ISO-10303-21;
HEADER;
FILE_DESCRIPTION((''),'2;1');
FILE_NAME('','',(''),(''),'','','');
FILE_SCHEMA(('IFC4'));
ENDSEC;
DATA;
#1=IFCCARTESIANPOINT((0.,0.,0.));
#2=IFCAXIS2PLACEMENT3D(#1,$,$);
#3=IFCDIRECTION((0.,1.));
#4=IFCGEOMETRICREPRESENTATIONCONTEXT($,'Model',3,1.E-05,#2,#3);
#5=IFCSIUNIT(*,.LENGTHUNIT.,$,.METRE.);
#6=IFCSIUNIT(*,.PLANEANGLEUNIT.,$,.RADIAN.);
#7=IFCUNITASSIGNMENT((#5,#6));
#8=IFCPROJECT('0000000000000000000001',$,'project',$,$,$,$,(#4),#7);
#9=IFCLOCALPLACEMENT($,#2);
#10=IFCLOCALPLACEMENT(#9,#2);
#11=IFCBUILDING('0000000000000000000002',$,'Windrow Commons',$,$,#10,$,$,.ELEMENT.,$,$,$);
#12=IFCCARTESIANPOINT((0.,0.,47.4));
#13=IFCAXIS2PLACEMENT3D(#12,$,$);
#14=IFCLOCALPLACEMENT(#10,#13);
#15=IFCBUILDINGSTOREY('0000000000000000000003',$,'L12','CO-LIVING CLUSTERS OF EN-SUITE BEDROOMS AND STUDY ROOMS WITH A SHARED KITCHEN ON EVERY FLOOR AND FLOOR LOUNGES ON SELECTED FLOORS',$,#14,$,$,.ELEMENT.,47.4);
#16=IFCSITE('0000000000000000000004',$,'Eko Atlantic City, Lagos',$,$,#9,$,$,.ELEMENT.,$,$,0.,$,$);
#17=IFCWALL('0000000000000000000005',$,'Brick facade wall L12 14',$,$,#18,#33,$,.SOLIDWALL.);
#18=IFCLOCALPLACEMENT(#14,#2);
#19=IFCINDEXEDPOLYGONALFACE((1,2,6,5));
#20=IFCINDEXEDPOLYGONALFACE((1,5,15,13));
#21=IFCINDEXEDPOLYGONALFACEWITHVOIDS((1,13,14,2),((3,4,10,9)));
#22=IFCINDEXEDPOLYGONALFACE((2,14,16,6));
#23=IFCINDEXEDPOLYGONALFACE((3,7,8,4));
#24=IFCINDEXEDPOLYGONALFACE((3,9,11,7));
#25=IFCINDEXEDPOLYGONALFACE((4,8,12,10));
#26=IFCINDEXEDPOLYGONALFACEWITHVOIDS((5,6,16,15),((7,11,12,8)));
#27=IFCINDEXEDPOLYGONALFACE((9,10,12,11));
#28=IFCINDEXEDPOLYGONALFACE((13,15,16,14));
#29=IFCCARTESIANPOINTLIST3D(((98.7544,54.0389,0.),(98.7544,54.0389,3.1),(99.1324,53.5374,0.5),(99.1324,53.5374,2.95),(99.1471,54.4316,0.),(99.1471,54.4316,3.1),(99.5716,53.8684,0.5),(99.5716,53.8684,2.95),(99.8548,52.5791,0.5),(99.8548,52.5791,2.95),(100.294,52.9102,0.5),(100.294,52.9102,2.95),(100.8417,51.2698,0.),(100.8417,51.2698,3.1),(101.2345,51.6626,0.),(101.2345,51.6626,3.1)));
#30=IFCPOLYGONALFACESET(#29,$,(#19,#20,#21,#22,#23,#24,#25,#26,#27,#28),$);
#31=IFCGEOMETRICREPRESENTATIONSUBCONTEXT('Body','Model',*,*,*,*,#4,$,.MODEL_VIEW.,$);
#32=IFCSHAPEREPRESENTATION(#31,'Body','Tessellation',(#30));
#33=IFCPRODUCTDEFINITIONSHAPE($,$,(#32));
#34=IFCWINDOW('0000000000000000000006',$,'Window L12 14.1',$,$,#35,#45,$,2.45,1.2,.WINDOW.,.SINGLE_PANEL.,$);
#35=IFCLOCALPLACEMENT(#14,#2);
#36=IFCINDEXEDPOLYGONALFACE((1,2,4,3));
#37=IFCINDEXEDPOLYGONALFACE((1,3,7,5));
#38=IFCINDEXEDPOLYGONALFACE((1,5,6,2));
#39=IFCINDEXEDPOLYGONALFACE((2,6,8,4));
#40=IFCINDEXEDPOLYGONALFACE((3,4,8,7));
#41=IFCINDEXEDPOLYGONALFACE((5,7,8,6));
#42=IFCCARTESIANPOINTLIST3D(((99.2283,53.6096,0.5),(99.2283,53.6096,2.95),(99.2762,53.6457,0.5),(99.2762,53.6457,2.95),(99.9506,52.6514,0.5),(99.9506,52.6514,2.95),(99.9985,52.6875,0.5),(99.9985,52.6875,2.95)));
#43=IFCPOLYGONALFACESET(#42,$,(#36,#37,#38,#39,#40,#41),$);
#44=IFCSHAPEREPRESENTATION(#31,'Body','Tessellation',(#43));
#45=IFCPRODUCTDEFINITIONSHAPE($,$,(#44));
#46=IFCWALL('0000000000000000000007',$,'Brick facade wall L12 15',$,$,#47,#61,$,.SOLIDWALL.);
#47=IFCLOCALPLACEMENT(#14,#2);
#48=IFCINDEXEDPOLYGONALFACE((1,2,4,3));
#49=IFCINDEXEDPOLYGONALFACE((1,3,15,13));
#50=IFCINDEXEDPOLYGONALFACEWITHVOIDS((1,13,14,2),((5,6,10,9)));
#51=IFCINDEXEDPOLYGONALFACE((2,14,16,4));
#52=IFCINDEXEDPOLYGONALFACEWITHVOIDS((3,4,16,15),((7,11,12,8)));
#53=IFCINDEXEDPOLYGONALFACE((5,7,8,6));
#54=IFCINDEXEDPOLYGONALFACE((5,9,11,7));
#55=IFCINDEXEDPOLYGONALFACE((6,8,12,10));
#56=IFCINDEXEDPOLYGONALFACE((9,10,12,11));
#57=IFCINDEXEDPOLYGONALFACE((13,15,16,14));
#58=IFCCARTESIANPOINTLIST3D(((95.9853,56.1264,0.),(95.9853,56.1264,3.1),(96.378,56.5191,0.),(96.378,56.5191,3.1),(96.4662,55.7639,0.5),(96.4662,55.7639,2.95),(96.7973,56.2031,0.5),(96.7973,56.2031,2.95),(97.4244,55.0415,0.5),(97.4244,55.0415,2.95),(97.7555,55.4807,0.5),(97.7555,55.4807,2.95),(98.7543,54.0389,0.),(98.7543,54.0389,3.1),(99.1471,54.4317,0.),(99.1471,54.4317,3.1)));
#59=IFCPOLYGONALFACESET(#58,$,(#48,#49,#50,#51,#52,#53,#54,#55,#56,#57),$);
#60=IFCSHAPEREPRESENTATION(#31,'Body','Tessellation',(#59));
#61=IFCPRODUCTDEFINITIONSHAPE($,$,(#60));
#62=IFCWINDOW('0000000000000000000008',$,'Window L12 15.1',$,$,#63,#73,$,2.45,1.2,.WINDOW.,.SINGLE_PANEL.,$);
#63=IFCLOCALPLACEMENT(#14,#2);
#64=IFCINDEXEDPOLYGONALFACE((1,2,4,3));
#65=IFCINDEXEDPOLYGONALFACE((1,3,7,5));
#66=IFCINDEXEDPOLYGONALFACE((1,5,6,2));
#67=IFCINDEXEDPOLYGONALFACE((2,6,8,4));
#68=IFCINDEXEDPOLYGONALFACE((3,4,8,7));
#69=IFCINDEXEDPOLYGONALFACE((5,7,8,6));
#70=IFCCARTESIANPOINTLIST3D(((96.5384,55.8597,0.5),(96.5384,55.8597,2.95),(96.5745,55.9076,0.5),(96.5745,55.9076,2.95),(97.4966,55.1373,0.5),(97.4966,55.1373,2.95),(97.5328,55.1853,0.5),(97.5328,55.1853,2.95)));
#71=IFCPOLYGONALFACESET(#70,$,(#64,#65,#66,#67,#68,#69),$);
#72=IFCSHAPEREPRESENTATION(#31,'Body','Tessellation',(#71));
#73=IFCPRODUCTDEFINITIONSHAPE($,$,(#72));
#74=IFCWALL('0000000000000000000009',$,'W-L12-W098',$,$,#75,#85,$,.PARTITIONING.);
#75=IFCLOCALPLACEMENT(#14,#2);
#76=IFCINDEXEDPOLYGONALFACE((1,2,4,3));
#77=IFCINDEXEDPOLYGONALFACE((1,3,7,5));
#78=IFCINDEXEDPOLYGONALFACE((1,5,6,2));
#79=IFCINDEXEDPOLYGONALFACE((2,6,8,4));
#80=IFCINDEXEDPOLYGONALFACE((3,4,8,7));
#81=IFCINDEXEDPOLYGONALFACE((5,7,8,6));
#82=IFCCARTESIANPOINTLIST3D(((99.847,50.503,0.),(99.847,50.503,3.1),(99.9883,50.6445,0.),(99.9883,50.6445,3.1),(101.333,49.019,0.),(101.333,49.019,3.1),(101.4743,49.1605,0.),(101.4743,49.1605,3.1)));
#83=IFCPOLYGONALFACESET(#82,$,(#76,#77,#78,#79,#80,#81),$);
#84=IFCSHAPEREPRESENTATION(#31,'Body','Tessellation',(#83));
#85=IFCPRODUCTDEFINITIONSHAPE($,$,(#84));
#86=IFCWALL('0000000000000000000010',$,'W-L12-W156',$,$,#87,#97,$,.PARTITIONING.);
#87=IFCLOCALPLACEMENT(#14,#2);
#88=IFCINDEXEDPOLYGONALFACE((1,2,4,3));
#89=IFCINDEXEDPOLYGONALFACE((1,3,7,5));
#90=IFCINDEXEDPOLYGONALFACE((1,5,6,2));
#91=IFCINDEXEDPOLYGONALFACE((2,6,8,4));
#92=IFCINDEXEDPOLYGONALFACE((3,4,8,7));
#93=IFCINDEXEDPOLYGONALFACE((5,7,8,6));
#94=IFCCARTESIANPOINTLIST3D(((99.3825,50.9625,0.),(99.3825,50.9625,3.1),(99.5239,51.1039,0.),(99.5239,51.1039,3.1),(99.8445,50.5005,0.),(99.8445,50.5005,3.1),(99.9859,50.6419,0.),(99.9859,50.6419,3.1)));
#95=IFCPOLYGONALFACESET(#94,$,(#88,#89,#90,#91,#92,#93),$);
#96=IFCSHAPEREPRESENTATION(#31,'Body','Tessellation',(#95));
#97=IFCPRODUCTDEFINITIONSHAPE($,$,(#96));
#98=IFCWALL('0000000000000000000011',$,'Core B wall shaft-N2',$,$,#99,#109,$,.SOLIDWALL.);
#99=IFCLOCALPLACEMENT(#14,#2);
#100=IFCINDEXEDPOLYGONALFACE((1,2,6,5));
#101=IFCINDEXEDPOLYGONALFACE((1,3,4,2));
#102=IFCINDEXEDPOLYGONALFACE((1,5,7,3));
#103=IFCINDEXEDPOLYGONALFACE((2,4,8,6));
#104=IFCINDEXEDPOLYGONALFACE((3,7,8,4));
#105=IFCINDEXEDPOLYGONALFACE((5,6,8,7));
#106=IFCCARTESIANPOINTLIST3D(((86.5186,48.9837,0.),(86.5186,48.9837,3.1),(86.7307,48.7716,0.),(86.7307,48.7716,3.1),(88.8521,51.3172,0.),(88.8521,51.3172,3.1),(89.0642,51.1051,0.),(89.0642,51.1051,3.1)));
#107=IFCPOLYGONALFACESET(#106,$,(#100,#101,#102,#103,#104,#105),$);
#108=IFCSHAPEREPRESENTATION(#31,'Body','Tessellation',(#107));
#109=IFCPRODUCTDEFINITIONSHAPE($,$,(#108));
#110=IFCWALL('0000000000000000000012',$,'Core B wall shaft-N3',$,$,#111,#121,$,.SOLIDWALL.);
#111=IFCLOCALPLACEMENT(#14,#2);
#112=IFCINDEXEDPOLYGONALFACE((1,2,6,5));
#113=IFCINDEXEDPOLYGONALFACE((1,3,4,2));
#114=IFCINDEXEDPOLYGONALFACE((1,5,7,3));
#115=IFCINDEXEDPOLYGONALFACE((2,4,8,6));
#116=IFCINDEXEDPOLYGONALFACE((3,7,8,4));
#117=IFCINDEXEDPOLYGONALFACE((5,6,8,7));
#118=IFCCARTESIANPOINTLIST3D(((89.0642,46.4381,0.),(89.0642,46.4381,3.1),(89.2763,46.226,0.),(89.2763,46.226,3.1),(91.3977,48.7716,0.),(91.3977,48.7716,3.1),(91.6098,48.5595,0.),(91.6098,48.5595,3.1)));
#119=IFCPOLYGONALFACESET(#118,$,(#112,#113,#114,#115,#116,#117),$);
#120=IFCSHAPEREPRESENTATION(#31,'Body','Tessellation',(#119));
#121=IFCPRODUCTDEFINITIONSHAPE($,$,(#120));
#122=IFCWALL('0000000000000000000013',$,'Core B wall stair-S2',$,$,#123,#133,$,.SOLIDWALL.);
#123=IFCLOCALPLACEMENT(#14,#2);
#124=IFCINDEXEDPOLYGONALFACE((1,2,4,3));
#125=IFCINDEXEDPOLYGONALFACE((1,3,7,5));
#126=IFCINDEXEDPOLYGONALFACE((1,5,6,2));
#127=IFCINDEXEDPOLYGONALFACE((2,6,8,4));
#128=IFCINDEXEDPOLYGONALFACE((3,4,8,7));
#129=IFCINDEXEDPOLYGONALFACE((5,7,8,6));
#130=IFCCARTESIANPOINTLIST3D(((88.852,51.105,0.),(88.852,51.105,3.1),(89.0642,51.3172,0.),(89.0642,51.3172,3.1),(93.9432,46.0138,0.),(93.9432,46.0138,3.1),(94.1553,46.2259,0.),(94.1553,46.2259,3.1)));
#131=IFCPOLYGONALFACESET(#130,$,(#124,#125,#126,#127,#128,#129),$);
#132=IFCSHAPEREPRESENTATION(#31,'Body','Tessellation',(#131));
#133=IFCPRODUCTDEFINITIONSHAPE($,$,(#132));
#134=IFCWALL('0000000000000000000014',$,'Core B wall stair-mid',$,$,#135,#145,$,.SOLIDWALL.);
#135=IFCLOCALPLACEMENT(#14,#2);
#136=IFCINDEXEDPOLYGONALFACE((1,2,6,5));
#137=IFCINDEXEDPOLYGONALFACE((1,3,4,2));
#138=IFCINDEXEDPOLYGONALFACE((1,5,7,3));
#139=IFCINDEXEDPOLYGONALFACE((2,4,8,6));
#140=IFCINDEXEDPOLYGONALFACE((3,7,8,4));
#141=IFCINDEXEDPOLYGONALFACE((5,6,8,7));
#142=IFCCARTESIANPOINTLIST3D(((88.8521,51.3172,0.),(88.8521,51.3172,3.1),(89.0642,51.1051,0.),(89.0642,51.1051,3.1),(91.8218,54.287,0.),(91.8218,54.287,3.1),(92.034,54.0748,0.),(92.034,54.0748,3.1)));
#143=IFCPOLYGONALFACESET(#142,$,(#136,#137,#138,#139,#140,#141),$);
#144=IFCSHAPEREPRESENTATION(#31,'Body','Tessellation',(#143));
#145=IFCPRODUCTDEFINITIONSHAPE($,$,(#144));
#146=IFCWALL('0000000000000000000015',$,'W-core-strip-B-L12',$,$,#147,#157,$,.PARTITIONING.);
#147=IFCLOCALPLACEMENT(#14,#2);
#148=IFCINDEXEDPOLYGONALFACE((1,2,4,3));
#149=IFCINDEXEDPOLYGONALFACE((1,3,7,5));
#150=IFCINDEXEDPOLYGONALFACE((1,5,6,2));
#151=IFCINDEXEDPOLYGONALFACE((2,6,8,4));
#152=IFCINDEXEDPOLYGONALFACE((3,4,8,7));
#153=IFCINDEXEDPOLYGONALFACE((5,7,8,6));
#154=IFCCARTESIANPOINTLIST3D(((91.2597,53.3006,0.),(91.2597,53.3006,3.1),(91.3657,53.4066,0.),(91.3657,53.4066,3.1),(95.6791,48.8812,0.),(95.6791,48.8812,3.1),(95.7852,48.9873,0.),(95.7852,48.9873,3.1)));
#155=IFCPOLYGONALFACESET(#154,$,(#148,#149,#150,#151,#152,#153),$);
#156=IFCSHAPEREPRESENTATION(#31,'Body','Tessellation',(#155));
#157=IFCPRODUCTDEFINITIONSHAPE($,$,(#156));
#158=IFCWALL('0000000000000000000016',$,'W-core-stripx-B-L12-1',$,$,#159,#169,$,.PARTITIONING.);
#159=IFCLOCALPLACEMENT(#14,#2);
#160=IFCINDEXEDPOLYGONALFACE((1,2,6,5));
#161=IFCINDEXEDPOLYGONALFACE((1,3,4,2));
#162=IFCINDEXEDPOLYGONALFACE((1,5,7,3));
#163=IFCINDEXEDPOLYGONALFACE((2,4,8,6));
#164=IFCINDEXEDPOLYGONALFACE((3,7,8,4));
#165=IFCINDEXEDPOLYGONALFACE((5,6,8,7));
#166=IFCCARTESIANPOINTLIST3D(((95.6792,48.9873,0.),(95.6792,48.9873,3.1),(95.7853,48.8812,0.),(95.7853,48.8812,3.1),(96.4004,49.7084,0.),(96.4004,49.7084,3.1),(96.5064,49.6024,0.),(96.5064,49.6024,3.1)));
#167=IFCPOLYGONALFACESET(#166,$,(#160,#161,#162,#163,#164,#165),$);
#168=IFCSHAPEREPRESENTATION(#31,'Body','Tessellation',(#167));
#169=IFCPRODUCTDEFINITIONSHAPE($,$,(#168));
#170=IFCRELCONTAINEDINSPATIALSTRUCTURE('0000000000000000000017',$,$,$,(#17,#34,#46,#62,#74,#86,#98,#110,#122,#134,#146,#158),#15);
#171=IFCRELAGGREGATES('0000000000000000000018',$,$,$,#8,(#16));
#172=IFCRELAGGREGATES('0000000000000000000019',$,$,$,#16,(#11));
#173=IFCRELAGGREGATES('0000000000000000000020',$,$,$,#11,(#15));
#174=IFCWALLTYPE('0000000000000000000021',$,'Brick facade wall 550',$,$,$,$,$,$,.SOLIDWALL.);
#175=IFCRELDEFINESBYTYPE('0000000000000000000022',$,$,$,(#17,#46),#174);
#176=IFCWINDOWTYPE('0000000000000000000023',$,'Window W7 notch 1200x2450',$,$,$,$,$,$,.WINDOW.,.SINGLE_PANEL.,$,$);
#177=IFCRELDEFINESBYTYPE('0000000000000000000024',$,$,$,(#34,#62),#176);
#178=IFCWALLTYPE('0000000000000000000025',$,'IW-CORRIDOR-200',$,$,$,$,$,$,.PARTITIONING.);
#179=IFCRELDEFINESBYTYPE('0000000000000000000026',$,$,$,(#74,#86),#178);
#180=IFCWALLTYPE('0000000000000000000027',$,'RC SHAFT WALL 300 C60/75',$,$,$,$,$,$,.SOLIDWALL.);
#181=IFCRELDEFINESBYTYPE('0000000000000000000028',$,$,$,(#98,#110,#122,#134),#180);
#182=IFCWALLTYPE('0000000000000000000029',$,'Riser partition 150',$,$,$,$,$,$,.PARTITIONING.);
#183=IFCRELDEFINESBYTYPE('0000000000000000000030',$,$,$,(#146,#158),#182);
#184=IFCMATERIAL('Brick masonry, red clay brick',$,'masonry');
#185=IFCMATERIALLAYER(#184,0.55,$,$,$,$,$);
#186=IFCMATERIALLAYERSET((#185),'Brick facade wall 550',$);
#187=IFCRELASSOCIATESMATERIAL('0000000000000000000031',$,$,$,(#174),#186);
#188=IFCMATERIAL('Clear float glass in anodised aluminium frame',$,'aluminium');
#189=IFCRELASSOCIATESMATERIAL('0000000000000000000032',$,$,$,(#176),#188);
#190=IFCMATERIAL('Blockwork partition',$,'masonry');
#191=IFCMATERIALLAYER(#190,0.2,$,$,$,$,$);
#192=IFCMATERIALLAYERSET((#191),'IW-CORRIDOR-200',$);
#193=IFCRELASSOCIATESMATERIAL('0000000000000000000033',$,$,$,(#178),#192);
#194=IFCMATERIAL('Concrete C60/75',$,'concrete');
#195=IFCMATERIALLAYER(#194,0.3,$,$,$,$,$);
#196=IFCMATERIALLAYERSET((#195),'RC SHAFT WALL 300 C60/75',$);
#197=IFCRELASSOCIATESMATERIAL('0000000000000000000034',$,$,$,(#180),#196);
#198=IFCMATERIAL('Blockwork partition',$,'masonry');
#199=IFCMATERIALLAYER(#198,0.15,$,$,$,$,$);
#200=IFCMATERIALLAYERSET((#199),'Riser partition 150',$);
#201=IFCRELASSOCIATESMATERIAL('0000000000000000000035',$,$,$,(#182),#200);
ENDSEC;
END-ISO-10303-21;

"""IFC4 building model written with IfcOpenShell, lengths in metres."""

from ifc_helpers import new_model, si_unit, direction, frame, frame_2d, origin, place, context, subcontext, project, spatial, polyline, rectangle, outline, extrude, material, layer, layer_set, type_object, element, fill, save


model = new_model("IFC4")

# Units and contexts
model_context = context("Model", 3, precision=1e-05, world=origin(), true_north=direction((0.0, 1.0)))
body_context = subcontext(model_context, "Body", "Model", "MODEL_VIEW")
ifc_project = project(units=[si_unit("LENGTHUNIT", "METRE"), si_unit("PLANEANGLEUNIT", "RADIAN")], contexts=[model_context])

# Site, building, storey
site_placement = place(None, origin())
site = spatial("IfcSite", under=ifc_project, at=site_placement, Name="Eko Atlantic City, Lagos", CompositionType="ELEMENT", RefElevation=0.0)
building_placement = place(site_placement, origin())
building = spatial("IfcBuilding", under=site, at=building_placement, Name="Windrow Commons", CompositionType="ELEMENT")
storey_placement = place(building_placement, frame((0.0, 0.0, 47.4)))
storey = spatial("IfcBuildingStorey", under=building, at=storey_placement, Name="L12", Description="CO-LIVING CLUSTERS OF EN-SUITE BEDROOMS AND STUDY ROOMS WITH A SHARED KITCHEN ON EVERY FLOOR AND FLOOR LOUNGES ON SELECTED FLOORS", CompositionType="ELEMENT", Elevation=47.4)

# Walls, openings, windows
ifc_material_1 = material(Name="Brick masonry, red clay brick", Category="masonry")
ifc_layer_1 = layer(ifc_material_1, 0.55)
ifc_layer_set_1 = layer_set([ifc_layer_1], Name="Brick facade wall 550")
wall_type_1 = type_object("IfcWallType", Name="Brick facade wall 550", PredefinedType="SOLIDWALL", material=ifc_layer_set_1)
ifc_material_2 = material(Name="Clear float glass in anodised aluminium frame", Category="aluminium")
window_type = type_object("IfcWindowType", Name="Window W7 notch 1200x2450", PartitioningType="SINGLE_PANEL", PredefinedType="WINDOW", material=ifc_material_2)
wall_1_placement = place(storey_placement, frame((101.0381, 51.4662, 0.0), z_axis=(0.0, 0.0, 1.0), x_axis=(-0.60195, 0.798534, 0.0)))
wall_1 = element("IfcWall", 1, at=wall_1_placement, inside=storey, type_object=wall_type_1, Name="Brick facade wall L12 14", PredefinedType="SOLIDWALL", context=body_context, shape_type="SweptSolid", body=[
    extrude(outline(polyline([(0.0386, -0.275), (3.5063, -0.275), (3.4291, 0.275), (-0.0386, 0.275), (0.0386, -0.275)])), origin(), (0.0, 0.0, 1.0), 3.1),
])
opening_1_placement = place(wall_1_placement, frame((1.601, 0.0, 0.5)))
opening_1 = element("IfcOpeningElement", 2, at=opening_1_placement, cuts=wall_1, PredefinedType="OPENING", context=body_context, shape_type="SweptSolid", body=[
    extrude(rectangle(XDim=1.2, YDim=2.45, at=frame_2d((0.6, 1.225))), frame((0.0, 0.285, 0.0), z_axis=(0.0, -1.0, 0.0), x_axis=(1.0, 0.0, 0.0)), (0.0, 0.0, 1.0), 0.57),
])
window_1_placement = place(opening_1_placement, origin())
window_1 = element("IfcWindow", 3, at=window_1_placement, inside=storey, type_object=window_type, Name="Window L12 14.1", OverallHeight=2.45, OverallWidth=1.2, PartitioningType="SINGLE_PANEL", PredefinedType="WINDOW", context=body_context, shape_type="SweptSolid", body=[
    extrude(rectangle(XDim=1.2, YDim=2.45, at=frame_2d((0.6, 1.225))), frame((0.0, 0.155, 0.0), z_axis=(0.0, -1.0, 0.0), x_axis=(1.0, 0.0, 0.0)), (0.0, 0.0, 1.0), 0.06),
])
fill(opening_1, window_1)
wall_2_placement = place(storey_placement, frame((98.9507, 54.2353, 0.0), z_axis=(0.0, 0.0, 1.0), x_axis=(-0.79852, 0.601968, 0.0)))
wall_2 = element("IfcWall", 4, at=wall_2_placement, inside=storey, type_object=wall_type_1, Name="Brick facade wall L12 15", PredefinedType="SOLIDWALL", context=body_context, shape_type="SweptSolid", body=[
    extrude(outline(polyline([(-0.0386, -0.275), (3.4291, -0.275), (3.5063, 0.275), (0.0386, 0.275), (-0.0386, -0.275)])), origin(), (0.0, 0.0, 1.0), 3.1),
])
opening_2_placement = place(wall_2_placement, frame((1.7041, 0.0, 0.5)))
opening_2 = element("IfcOpeningElement", 5, at=opening_2_placement, cuts=wall_2, PredefinedType="OPENING", context=body_context, shape_type="SweptSolid", body=[
    extrude(rectangle(XDim=1.2, YDim=2.45, at=frame_2d((0.6, 1.225))), frame((0.0, 0.285, 0.0), z_axis=(0.0, -1.0, 0.0), x_axis=(1.0, 0.0, 0.0)), (0.0, 0.0, 1.0), 0.57),
])
window_2_placement = place(opening_2_placement, origin())
window_2 = element("IfcWindow", 6, at=window_2_placement, inside=storey, type_object=window_type, Name="Window L12 15.1", OverallHeight=2.45, OverallWidth=1.2, PartitioningType="SINGLE_PANEL", PredefinedType="WINDOW", context=body_context, shape_type="SweptSolid", body=[
    extrude(rectangle(XDim=1.2, YDim=2.45, at=frame_2d((0.6, 1.225))), frame((0.0, 0.155, 0.0), z_axis=(0.0, -1.0, 0.0), x_axis=(1.0, 0.0, 0.0)), (0.0, 0.0, 1.0), 0.06),
])
fill(opening_2, window_2)

# Walls
ifc_material_3 = material(Name="Blockwork partition", Category="masonry")
ifc_layer_2 = layer(ifc_material_3, 0.2)
ifc_layer_set_2 = layer_set([ifc_layer_2], Name="IW-CORRIDOR-200")
wall_type_2 = type_object("IfcWallType", Name="IW-CORRIDOR-200", PredefinedType="PARTITIONING", material=ifc_layer_set_2)
wall_3_placement = place(storey_placement, frame((99.9177, 50.5737, 0.0), z_axis=(0.0, 0.0, 1.0), x_axis=(0.707583, -0.70663, 0.0)))
element("IfcWall", 7, at=wall_3_placement, inside=storey, type_object=wall_type_2, Name="W-L12-W098", PredefinedType="PARTITIONING", context=body_context, shape_type="SweptSolid", body=[
    extrude(rectangle(XDim=2.1001, YDim=0.2, at=frame_2d((1.05, 0.0))), origin(), (0.0, 0.0, 1.0), 3.1),
])
wall_4_placement = place(storey_placement, frame((99.4532, 51.0332, 0.0), z_axis=(0.0, 0.0, 1.0), x_axis=(0.707107, -0.707107, 0.0)))
element("IfcWall", 8, at=wall_4_placement, inside=storey, type_object=wall_type_2, Name="W-L12-W156", PredefinedType="PARTITIONING", context=body_context, shape_type="SweptSolid", body=[
    extrude(rectangle(XDim=0.6534, YDim=0.2, at=frame_2d((0.3267, 0.0))), origin(), (0.0, 0.0, 1.0), 3.1),
])
ifc_material_4 = material(Name="Concrete C60/75", Category="concrete")
ifc_layer_3 = layer(ifc_material_4, 0.3)
ifc_layer_set_3 = layer_set([ifc_layer_3], Name="RC SHAFT WALL 300 C60/75")
wall_type_3 = type_object("IfcWallType", Name="RC SHAFT WALL 300 C60/75", PredefinedType="SOLIDWALL", material=ifc_layer_set_3)
for number, where, z_axis, x_axis, name in (
    (9, (86.6246, 48.8776, 0.0), (0.0, 0.0, 1.0), (0.707107, 0.707107, 0.0), "Core B wall shaft-N2"),
    (10, (89.1702, 46.332, 0.0), (0.0, 0.0, 1.0), (0.707107, 0.707107, 0.0), "Core B wall shaft-N3"),
):
    element("IfcWall", number, at=place(storey_placement, frame(where, z_axis=z_axis, x_axis=x_axis)), inside=storey, type_object=wall_type_3, Name=name, PredefinedType="SOLIDWALL", context=body_context, shape_type="SweptSolid", body=[
        extrude(rectangle(XDim=3.3001, YDim=0.3, at=frame_2d((1.6501, 0.0))), origin(), (0.0, 0.0, 1.0), 3.1),
    ])
wall_5_placement = place(storey_placement, frame((88.9581, 51.2111, 0.0), z_axis=(0.0, 0.0, 1.0), x_axis=(0.7071, -0.707114, 0.0)))
element("IfcWall", 11, at=wall_5_placement, inside=storey, type_object=wall_type_3, Name="Core B wall stair-S2", PredefinedType="SOLIDWALL", context=body_context, shape_type="SweptSolid", body=[
    extrude(rectangle(XDim=7.2, YDim=0.3, at=frame_2d((3.6, 0.0))), origin(), (0.0, 0.0, 1.0), 3.1),
])
wall_6_placement = place(storey_placement, frame((88.9581, 51.2111, 0.0), z_axis=(0.0, 0.0, 1.0), x_axis=(0.707107, 0.707107, 0.0)))
element("IfcWall", 12, at=wall_6_placement, inside=storey, type_object=wall_type_3, Name="Core B wall stair-mid", PredefinedType="SOLIDWALL", context=body_context, shape_type="SweptSolid", body=[
    extrude(rectangle(XDim=4.1999, YDim=0.3, at=frame_2d((2.1, 0.0))), origin(), (0.0, 0.0, 1.0), 3.1),
])
ifc_material_5 = material(Name="Blockwork partition", Category="masonry")
ifc_layer_4 = layer(ifc_material_5, 0.15)
ifc_layer_set_4 = layer_set([ifc_layer_4], Name="Riser partition 150")
wall_type_4 = type_object("IfcWallType", Name="Riser partition 150", PredefinedType="PARTITIONING", material=ifc_layer_set_4)
wall_7_placement = place(storey_placement, frame((91.3127, 53.3536, 0.0), z_axis=(0.0, 0.0, 1.0), x_axis=(0.707115, -0.707099, 0.0)))
element("IfcWall", 13, at=wall_7_placement, inside=storey, type_object=wall_type_4, Name="W-core-strip-B-L12", PredefinedType="PARTITIONING", context=body_context, shape_type="SweptSolid", body=[
    extrude(rectangle(XDim=6.25, YDim=0.15, at=frame_2d((3.125, 0.0))), origin(), (0.0, 0.0, 1.0), 3.1),
])
wall_8_placement = place(storey_placement, frame((95.7322, 48.9342, 0.0), z_axis=(0.0, 0.0, 1.0), x_axis=(0.707107, 0.707107, 0.0)))
element("IfcWall", 14, at=wall_8_placement, inside=storey, type_object=wall_type_4, Name="W-core-stripx-B-L12-1", PredefinedType="PARTITIONING", context=body_context, shape_type="SweptSolid", body=[
    extrude(rectangle(XDim=1.0199, YDim=0.15, at=frame_2d((0.51, 0.0))), origin(), (0.0, 0.0, 1.0), 3.1),
])

save(model, "model.ifc")
